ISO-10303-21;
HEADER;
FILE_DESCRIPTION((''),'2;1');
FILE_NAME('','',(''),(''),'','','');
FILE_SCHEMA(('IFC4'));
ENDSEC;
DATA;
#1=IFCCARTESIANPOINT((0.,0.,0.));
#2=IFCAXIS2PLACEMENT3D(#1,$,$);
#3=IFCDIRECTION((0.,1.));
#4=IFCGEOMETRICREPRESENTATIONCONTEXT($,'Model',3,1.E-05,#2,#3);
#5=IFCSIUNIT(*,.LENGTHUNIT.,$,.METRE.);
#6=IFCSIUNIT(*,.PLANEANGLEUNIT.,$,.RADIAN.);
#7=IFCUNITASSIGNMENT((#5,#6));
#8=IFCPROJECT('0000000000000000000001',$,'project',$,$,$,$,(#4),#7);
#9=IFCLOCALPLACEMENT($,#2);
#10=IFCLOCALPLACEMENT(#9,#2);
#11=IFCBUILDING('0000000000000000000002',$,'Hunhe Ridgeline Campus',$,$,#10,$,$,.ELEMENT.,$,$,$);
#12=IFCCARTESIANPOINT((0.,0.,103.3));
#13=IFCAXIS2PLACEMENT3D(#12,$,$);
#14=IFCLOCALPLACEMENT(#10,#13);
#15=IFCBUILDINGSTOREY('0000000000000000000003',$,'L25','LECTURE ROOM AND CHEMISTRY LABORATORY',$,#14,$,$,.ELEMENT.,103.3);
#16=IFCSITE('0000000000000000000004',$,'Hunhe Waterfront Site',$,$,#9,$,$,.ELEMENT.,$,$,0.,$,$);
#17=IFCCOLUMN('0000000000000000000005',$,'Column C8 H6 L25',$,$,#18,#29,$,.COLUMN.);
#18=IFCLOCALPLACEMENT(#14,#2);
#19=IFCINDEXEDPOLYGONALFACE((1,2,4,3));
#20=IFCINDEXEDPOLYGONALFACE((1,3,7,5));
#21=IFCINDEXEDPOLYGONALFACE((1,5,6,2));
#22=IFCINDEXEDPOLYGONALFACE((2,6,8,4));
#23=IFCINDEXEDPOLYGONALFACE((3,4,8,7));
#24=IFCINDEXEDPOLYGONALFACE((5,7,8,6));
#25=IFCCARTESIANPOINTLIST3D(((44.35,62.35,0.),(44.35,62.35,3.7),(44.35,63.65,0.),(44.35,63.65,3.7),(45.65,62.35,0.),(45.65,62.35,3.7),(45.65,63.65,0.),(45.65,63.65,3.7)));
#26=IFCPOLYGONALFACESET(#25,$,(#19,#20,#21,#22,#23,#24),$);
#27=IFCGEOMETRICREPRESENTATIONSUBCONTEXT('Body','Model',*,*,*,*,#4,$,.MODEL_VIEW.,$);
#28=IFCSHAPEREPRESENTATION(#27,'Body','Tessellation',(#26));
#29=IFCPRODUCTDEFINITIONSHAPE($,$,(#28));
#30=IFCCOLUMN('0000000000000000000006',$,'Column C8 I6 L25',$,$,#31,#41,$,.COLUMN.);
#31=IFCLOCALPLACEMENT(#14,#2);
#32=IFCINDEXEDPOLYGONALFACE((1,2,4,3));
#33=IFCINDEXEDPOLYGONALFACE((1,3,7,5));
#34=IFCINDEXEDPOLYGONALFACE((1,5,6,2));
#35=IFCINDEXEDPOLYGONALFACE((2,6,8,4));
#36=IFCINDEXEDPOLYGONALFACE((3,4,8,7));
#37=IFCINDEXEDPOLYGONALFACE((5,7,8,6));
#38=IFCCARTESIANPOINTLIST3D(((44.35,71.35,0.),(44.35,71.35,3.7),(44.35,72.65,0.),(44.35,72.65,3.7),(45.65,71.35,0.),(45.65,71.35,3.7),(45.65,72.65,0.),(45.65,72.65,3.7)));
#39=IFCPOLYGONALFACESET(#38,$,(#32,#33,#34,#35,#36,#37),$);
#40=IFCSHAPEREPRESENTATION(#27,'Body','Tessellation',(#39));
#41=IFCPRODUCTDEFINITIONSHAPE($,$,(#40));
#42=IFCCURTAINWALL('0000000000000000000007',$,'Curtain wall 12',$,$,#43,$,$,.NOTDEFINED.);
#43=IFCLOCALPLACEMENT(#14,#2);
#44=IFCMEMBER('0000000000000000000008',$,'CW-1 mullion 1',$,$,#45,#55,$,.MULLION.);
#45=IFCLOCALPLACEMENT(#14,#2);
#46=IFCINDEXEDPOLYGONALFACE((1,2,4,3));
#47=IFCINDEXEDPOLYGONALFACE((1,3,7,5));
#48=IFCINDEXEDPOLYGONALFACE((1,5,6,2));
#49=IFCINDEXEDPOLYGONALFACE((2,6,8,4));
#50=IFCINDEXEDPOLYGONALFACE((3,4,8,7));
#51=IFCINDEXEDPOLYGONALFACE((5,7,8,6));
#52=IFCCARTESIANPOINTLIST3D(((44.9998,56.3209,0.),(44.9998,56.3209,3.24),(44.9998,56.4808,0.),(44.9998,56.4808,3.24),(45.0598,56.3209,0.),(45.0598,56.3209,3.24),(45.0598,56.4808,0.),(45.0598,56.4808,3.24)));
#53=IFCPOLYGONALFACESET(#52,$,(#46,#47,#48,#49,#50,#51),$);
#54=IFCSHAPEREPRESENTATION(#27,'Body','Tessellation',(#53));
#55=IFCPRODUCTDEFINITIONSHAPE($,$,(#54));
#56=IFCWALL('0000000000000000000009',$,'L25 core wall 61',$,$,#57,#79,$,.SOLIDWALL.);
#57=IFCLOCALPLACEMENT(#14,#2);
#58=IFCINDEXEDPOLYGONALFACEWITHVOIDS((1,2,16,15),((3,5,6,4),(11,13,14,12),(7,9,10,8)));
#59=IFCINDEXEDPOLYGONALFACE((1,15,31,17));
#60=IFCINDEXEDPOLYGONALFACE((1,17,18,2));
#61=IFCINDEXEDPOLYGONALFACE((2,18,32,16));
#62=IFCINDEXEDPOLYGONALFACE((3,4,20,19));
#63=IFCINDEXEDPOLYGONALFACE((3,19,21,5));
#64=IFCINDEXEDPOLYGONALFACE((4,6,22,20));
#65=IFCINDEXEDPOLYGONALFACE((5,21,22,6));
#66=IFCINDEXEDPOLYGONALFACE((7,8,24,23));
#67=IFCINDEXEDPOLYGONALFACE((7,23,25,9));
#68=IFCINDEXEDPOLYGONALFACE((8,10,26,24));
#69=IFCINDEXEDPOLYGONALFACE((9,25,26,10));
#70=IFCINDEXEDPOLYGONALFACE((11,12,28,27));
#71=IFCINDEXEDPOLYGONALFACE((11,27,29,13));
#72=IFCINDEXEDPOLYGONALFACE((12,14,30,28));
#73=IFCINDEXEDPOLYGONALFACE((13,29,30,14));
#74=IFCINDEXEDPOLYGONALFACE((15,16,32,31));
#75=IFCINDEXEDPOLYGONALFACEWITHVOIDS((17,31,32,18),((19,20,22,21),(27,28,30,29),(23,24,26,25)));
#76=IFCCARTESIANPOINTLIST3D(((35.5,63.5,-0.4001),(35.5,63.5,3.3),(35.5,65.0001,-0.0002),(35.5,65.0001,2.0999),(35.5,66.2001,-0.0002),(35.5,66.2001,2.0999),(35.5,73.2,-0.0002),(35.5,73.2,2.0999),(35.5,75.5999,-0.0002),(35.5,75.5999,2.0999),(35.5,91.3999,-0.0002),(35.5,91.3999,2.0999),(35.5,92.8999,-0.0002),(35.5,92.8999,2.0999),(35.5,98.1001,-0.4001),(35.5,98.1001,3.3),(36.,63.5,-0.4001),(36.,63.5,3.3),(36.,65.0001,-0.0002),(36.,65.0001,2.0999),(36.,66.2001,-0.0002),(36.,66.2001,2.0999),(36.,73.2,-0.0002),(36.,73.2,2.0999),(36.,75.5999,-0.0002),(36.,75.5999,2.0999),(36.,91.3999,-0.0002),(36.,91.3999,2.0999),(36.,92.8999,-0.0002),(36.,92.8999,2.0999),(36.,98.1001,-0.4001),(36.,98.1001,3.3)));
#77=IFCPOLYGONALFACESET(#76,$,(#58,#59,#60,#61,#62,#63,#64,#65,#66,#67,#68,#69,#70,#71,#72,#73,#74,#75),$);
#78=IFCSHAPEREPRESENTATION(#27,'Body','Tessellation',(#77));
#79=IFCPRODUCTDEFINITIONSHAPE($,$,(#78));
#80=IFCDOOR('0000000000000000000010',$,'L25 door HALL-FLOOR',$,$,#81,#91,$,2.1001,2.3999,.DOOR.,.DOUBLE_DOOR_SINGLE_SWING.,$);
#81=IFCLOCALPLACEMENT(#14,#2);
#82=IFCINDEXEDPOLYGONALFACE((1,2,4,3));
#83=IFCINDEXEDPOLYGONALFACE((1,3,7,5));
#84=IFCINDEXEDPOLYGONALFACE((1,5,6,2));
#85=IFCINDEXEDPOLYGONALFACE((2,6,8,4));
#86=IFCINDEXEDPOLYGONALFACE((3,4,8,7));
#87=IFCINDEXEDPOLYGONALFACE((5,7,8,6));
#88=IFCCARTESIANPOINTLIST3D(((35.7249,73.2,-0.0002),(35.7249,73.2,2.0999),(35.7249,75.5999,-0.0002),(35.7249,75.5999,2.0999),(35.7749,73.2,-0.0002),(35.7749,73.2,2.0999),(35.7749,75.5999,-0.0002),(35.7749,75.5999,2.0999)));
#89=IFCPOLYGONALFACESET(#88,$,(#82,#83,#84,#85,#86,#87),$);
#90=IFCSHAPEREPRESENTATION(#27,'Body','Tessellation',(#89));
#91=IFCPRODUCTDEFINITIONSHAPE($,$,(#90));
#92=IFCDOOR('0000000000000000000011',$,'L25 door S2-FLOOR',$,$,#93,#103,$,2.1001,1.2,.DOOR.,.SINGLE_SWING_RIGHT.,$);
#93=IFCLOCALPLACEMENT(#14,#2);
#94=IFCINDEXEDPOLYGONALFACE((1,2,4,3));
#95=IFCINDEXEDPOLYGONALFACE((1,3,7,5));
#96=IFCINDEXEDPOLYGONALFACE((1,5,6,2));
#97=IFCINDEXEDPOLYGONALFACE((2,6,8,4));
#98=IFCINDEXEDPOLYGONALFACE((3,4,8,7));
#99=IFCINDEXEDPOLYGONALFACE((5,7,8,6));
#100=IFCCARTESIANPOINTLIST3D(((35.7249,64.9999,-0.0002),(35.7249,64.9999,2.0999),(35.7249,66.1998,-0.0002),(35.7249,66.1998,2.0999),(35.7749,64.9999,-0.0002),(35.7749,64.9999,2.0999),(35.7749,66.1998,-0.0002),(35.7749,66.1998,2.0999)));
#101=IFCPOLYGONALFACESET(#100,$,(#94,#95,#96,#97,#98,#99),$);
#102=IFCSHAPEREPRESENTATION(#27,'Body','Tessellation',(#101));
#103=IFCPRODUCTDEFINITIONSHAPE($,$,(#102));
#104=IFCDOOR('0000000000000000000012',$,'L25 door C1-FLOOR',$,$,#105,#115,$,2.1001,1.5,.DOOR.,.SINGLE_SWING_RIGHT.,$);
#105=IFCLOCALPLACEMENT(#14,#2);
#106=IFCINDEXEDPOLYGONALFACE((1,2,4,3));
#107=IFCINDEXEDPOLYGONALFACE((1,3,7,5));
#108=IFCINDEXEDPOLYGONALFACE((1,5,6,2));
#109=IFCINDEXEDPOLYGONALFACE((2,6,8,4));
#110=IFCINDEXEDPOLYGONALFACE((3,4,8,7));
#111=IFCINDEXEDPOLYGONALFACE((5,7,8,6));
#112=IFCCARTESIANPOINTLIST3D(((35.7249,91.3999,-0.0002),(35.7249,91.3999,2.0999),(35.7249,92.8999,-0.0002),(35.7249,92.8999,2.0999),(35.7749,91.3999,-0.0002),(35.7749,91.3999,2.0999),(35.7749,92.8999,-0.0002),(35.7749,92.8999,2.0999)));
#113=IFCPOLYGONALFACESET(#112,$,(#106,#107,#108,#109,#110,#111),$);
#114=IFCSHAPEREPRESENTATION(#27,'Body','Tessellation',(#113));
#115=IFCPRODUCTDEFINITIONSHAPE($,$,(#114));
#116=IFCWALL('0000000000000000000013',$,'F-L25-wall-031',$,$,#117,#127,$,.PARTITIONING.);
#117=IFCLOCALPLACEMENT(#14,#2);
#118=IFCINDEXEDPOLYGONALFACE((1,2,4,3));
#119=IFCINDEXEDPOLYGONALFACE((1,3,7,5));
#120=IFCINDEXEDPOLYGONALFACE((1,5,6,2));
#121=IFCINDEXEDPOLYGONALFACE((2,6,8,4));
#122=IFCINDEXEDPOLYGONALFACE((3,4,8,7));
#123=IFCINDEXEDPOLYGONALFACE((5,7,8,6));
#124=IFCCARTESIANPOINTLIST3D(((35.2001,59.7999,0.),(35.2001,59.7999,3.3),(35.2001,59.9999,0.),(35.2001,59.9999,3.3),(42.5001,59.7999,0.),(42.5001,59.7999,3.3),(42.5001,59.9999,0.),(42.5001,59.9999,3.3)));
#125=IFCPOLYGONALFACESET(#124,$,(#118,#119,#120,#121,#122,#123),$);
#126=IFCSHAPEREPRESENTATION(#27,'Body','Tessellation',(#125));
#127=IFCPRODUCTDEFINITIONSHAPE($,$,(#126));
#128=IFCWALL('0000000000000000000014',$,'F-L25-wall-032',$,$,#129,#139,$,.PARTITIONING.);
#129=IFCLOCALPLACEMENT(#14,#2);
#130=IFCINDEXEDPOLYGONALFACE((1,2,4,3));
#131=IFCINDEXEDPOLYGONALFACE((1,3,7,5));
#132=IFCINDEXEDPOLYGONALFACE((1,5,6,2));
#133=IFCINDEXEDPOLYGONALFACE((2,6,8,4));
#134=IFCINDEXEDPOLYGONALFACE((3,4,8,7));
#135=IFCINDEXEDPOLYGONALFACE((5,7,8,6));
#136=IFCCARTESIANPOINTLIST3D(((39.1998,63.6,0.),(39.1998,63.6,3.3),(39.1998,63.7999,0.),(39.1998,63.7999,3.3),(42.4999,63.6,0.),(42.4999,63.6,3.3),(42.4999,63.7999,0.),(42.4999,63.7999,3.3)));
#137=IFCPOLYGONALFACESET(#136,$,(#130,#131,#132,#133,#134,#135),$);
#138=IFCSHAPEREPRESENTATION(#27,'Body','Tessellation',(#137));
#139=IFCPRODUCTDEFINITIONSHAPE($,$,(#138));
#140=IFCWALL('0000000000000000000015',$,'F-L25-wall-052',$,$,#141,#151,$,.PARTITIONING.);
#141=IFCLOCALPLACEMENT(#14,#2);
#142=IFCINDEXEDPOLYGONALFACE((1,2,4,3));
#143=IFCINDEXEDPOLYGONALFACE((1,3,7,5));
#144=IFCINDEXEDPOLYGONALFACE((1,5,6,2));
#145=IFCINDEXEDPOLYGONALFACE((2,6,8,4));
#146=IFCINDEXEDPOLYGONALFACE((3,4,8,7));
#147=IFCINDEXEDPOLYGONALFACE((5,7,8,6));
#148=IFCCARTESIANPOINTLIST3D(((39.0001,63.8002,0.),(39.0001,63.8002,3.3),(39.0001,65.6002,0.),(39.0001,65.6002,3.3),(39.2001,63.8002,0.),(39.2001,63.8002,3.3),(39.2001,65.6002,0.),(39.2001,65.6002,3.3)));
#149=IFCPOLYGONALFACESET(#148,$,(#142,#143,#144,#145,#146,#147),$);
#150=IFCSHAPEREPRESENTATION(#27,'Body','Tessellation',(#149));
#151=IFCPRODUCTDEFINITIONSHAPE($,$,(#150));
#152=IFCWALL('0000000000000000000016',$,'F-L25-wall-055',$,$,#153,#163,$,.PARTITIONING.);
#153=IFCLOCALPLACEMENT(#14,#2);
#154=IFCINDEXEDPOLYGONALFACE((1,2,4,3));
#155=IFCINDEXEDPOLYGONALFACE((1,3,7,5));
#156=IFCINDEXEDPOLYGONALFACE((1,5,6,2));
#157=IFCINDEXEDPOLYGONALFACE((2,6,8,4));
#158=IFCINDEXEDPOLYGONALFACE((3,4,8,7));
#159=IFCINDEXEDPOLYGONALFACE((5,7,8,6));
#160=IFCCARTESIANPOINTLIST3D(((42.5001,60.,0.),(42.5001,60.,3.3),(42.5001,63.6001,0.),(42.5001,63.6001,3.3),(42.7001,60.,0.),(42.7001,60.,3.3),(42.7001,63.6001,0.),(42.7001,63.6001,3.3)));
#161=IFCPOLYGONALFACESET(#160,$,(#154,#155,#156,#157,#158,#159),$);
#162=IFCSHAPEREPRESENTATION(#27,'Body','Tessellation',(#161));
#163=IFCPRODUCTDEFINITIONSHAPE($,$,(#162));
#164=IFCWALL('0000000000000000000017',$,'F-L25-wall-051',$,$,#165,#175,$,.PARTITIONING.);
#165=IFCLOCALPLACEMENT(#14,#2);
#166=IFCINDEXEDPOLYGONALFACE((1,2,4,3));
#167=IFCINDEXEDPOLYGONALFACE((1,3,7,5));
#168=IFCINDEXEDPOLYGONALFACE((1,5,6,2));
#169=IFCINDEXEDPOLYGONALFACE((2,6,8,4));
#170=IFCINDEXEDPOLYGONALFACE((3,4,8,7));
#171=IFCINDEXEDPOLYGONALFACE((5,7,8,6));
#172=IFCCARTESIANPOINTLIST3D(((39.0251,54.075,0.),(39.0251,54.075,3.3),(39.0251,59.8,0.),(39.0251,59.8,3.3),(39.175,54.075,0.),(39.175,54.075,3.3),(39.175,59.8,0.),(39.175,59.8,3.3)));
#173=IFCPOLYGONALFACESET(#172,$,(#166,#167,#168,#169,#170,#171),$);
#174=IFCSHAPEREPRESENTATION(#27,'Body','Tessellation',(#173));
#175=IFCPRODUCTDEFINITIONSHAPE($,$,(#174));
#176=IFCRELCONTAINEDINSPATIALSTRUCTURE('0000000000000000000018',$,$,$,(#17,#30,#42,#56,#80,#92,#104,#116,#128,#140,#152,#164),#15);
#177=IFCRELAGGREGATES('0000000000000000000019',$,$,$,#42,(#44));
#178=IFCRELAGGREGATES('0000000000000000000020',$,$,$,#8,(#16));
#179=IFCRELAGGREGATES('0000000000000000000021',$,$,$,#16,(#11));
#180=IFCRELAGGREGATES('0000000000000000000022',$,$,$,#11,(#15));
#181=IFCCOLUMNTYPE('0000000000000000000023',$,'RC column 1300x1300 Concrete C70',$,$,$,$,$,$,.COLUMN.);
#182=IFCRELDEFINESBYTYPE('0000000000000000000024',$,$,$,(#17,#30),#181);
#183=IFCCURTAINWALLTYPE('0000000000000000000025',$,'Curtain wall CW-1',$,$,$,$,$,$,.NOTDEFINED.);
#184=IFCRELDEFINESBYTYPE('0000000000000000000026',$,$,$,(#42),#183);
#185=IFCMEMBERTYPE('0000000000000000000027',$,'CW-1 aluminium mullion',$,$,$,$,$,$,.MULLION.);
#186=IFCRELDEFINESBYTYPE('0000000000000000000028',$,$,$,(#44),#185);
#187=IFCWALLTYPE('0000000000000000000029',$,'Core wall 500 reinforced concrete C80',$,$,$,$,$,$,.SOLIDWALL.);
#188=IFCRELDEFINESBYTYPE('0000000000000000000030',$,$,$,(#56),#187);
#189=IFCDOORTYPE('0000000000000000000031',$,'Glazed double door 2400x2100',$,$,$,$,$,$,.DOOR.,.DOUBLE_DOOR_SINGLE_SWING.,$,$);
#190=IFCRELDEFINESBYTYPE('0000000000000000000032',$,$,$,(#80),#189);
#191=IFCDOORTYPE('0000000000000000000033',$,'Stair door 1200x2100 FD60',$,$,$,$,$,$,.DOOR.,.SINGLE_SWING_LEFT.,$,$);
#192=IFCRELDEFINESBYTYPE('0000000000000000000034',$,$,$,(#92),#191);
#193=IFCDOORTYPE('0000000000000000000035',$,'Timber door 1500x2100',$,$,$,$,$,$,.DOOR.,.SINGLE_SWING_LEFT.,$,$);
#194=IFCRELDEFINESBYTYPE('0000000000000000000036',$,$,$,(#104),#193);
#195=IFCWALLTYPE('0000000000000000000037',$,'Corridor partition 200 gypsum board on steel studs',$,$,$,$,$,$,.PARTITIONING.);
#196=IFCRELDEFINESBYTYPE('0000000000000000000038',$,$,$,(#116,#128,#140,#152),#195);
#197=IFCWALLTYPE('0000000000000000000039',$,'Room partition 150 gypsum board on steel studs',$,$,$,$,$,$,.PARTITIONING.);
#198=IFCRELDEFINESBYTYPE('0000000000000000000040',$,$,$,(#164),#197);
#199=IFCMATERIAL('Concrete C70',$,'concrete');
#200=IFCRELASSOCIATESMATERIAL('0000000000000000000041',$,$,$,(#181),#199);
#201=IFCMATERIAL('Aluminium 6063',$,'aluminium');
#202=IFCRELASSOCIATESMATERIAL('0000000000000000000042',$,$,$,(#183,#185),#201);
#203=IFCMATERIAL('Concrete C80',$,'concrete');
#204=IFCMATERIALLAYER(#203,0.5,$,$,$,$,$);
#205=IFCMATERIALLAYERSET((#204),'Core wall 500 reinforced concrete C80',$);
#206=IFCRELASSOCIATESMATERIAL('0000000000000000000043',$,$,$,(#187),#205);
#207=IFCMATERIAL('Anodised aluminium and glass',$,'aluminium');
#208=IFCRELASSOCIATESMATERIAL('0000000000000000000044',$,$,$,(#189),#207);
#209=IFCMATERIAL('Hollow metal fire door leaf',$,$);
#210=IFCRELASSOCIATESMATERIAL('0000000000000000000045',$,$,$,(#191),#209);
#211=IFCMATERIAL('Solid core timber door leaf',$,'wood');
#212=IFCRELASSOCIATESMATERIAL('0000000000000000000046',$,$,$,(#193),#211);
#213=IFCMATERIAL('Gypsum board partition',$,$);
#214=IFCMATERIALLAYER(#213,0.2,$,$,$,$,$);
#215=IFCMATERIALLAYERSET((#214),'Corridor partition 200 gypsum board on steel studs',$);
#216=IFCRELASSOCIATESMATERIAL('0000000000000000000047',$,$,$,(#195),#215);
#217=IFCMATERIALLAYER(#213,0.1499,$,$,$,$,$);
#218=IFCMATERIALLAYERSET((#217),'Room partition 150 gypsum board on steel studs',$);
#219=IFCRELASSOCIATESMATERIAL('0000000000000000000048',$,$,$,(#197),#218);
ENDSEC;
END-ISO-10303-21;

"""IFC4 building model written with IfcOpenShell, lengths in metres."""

from ifc_helpers import new_model, si_unit, direction, frame, frame_2d, origin, origin_2d, place, context, subcontext, project, spatial, rectangle, extrude, material, layer, layer_set, material_profile, profile_set, type_object, element, fill, aggregate, save


model = new_model("IFC4")

# Units and contexts
model_context = context("Model", 3, precision=1e-05, world=origin(), true_north=direction((0.0, 1.0)))
body_context = subcontext(model_context, "Body", "Model", "MODEL_VIEW")
ifc_project = project(units=[si_unit("LENGTHUNIT", "METRE"), si_unit("PLANEANGLEUNIT", "RADIAN")], contexts=[model_context])

# Site, building, storey
site_placement = place(None, origin())
site = spatial("IfcSite", under=ifc_project, at=site_placement, Name="Hunhe Waterfront Site", CompositionType="ELEMENT", RefElevation=0.0)
building_placement = place(site_placement, origin())
building = spatial("IfcBuilding", under=site, at=building_placement, Name="Hunhe Ridgeline Campus", CompositionType="ELEMENT")
storey_placement = place(building_placement, frame((0.0, 0.0, 103.3)))
storey = spatial("IfcBuildingStorey", under=building, at=storey_placement, Name="L25", Description="LECTURE ROOM AND CHEMISTRY LABORATORY", CompositionType="ELEMENT", Elevation=103.3)

# Columns
ifc_material_1 = material(Name="Concrete C70", Category="concrete")
ifc_material_profile_1 = material_profile(ifc_material_1, rectangle(XDim=1.3, YDim=1.3, at=origin_2d()))
ifc_profile_set_1 = profile_set([ifc_material_profile_1], Name="Concrete C70")
column_type = type_object("IfcColumnType", Name="RC column 1300x1300 Concrete C70", PredefinedType="COLUMN", material=ifc_profile_set_1)
for number, where, z_axis, x_axis, name in (
    (1, (45.0, 63.0, 0.0), (0.0, 0.0, 1.0), (1.0, 0.0, 0.0), "Column C8 H6 L25"),
    (2, (45.0, 72.0, 0.0), (0.0, 0.0, 1.0), (1.0, 0.0, 0.0), "Column C8 I6 L25"),
):
    element("IfcColumn", number, at=place(storey_placement, frame(where, z_axis=z_axis, x_axis=x_axis)), inside=storey, type_object=column_type, Name=name, PredefinedType="COLUMN", context=body_context, shape_type="SweptSolid", body=[
        extrude(rectangle(XDim=1.3, YDim=1.3, at=origin_2d()), origin(), (0.0, 0.0, 1.0), 3.7),
    ])

# Curtain wall, member
ifc_material_2 = material(Name="Aluminium 6063", Category="aluminium")
curtain_wall_type = type_object("IfcCurtainWallType", Name="Curtain wall CW-1", PredefinedType="NOTDEFINED", material=ifc_material_2)
curtain_wall_placement = place(storey_placement, origin())
curtain_wall = element("IfcCurtainWall", 3, at=curtain_wall_placement, inside=storey, type_object=curtain_wall_type, Name="Curtain wall 12", PredefinedType="NOTDEFINED")
ifc_material_profile_2 = material_profile(ifc_material_2, rectangle(XDim=0.1599, YDim=0.0601, at=origin_2d()))
ifc_profile_set_2 = profile_set([ifc_material_profile_2], Name="Aluminium 6063")
member_type = type_object("IfcMemberType", Name="CW-1 aluminium mullion", PredefinedType="MULLION", material=ifc_profile_set_2)
member_placement = place(storey_placement, frame((45.0298, 56.4009, 0.0), z_axis=(0.0, 0.0, 1.0), x_axis=(0.0, 1.0, 0.0)))
member = element("IfcMember", 4, at=member_placement, type_object=member_type, Name="CW-1 mullion 1", PredefinedType="MULLION", context=body_context, shape_type="SweptSolid", body=[
    extrude(rectangle(XDim=0.1599, YDim=0.0601, at=origin_2d()), origin(), (0.0, 0.0, 1.0), 3.24),
])
aggregate(curtain_wall, [member])

# Wall, openings, doors
ifc_material_3 = material(Name="Concrete C80", Category="concrete")
ifc_layer_1 = layer(ifc_material_3, 0.5)
ifc_layer_set_1 = layer_set([ifc_layer_1], Name="Core wall 500 reinforced concrete C80")
wall_type_1 = type_object("IfcWallType", Name="Core wall 500 reinforced concrete C80", PredefinedType="SOLIDWALL", material=ifc_layer_set_1)
wall_1_placement = place(storey_placement, frame((35.75, 63.5, -0.4001), z_axis=(0.0, 0.0, 1.0), x_axis=(0.0, 1.0, 0.0)))
wall_1 = element("IfcWall", 5, at=wall_1_placement, inside=storey, type_object=wall_type_1, Name="L25 core wall 61", PredefinedType="SOLIDWALL", context=body_context, shape_type="SweptSolid", body=[
    extrude(rectangle(XDim=34.6001, YDim=0.5, at=frame_2d((17.3, 0.0))), origin(), (0.0, 0.0, 1.0), 3.7002),
])
opening_1_placement = place(wall_1_placement, frame((9.7, 0.0, 0.3999)))
opening_1 = element("IfcOpeningElement", 6, at=opening_1_placement, cuts=wall_1, PredefinedType="OPENING", context=body_context, shape_type="SweptSolid", body=[
    extrude(rectangle(XDim=2.3999, YDim=2.1001, at=frame_2d((1.2, 1.05))), frame((0.0, 0.25, 0.0), z_axis=(0.0, -1.0, 0.0), x_axis=(1.0, 0.0, 0.0)), (0.0, 0.0, 1.0), 0.5),
])
opening_2_placement = place(wall_1_placement, frame((27.8999, 0.0, 0.3999)))
opening_2 = element("IfcOpeningElement", 7, at=opening_2_placement, cuts=wall_1, PredefinedType="OPENING", context=body_context, shape_type="SweptSolid", body=[
    extrude(rectangle(XDim=1.5, YDim=2.1001, at=frame_2d((0.75, 1.05))), frame((0.0, 0.25, 0.0), z_axis=(0.0, -1.0, 0.0), x_axis=(1.0, 0.0, 0.0)), (0.0, 0.0, 1.0), 0.5),
])
opening_3_placement = place(wall_1_placement, frame((1.5, 0.0, 0.3999)))
opening_3 = element("IfcOpeningElement", 8, at=opening_3_placement, cuts=wall_1, PredefinedType="OPENING", context=body_context, shape_type="SweptSolid", body=[
    extrude(rectangle(XDim=1.2, YDim=2.1001, at=frame_2d((0.6001, 1.05))), frame((0.0, 0.25, 0.0), z_axis=(0.0, -1.0, 0.0), x_axis=(1.0, 0.0, 0.0)), (0.0, 0.0, 1.0), 0.5),
])
ifc_material_4 = material(Name="Anodised aluminium and glass", Category="aluminium")
door_type_1 = type_object("IfcDoorType", Name="Glazed double door 2400x2100", OperationType="DOUBLE_DOOR_SINGLE_SWING", PredefinedType="DOOR", material=ifc_material_4)
door_1_placement = place(opening_1_placement, frame((2.3999, 0.0, 0.0), z_axis=(0.0, 0.0, 1.0), x_axis=(-1.0, 0.0, 0.0)))
door_1 = element("IfcDoor", 9, at=door_1_placement, inside=storey, type_object=door_type_1, Name="L25 door HALL-FLOOR", OperationType="DOUBLE_DOOR_SINGLE_SWING", OverallHeight=2.1001, OverallWidth=2.3999, PredefinedType="DOOR", context=body_context, shape_type="SweptSolid", body=[
    extrude(rectangle(XDim=2.3999, YDim=2.1001, at=frame_2d((1.2, 1.05))), frame((0.0, 0.0249, 0.0), z_axis=(0.0, -1.0, 0.0), x_axis=(1.0, 0.0, 0.0)), (0.0, 0.0, 1.0), 0.05),
])
fill(opening_1, door_1)
ifc_material_5 = material(Name="Hollow metal fire door leaf")
door_type_2 = type_object("IfcDoorType", Name="Stair door 1200x2100 FD60", OperationType="SINGLE_SWING_LEFT", PredefinedType="DOOR", material=ifc_material_5)
door_2_placement = place(opening_3_placement, frame((1.2, 0.0, 0.0), z_axis=(0.0, 0.0, 1.0), x_axis=(-1.0, 0.0, 0.0)))
door_2 = element("IfcDoor", 10, at=door_2_placement, inside=storey, type_object=door_type_2, Name="L25 door S2-FLOOR", OperationType="SINGLE_SWING_RIGHT", OverallHeight=2.1001, OverallWidth=1.2, PredefinedType="DOOR", context=body_context, shape_type="SweptSolid", body=[
    extrude(rectangle(XDim=1.2, YDim=2.1001, at=frame_2d((0.6001, 1.05))), frame((0.0, 0.0249, 0.0), z_axis=(0.0, -1.0, 0.0), x_axis=(1.0, 0.0, 0.0)), (0.0, 0.0, 1.0), 0.05),
])
fill(opening_3, door_2)
ifc_material_6 = material(Name="Solid core timber door leaf", Category="wood")
door_type_3 = type_object("IfcDoorType", Name="Timber door 1500x2100", OperationType="SINGLE_SWING_LEFT", PredefinedType="DOOR", material=ifc_material_6)
door_3_placement = place(opening_2_placement, frame((1.5, 0.0, 0.0), z_axis=(0.0, 0.0, 1.0), x_axis=(-1.0, 0.0, 0.0)))
door_3 = element("IfcDoor", 11, at=door_3_placement, inside=storey, type_object=door_type_3, Name="L25 door C1-FLOOR", OperationType="SINGLE_SWING_RIGHT", OverallHeight=2.1001, OverallWidth=1.5, PredefinedType="DOOR", context=body_context, shape_type="SweptSolid", body=[
    extrude(rectangle(XDim=1.5, YDim=2.1001, at=frame_2d((0.75, 1.05))), frame((0.0, 0.0249, 0.0), z_axis=(0.0, -1.0, 0.0), x_axis=(1.0, 0.0, 0.0)), (0.0, 0.0, 1.0), 0.05),
])
fill(opening_2, door_3)

# Walls
ifc_material_7 = material(Name="Gypsum board partition")
ifc_layer_2 = layer(ifc_material_7, 0.2)
ifc_layer_set_2 = layer_set([ifc_layer_2], Name="Corridor partition 200 gypsum board on steel studs")
wall_type_2 = type_object("IfcWallType", Name="Corridor partition 200 gypsum board on steel studs", PredefinedType="PARTITIONING", material=ifc_layer_set_2)
wall_2_placement = place(storey_placement, frame((42.5, 59.8999, 0.0), z_axis=(0.0, 0.0, 1.0), x_axis=(-1.0, 0.0, 0.0)))
element("IfcWall", 12, at=wall_2_placement, inside=storey, type_object=wall_type_2, Name="F-L25-wall-031", PredefinedType="PARTITIONING", context=body_context, shape_type="SweptSolid", body=[
    extrude(rectangle(XDim=7.3, YDim=0.2, at=frame_2d((3.6499, 0.0))), origin(), (0.0, 0.0, 1.0), 3.3),
])
wall_3_placement = place(storey_placement, frame((39.2, 63.7, 0.0), z_axis=(0.0, 0.0, 1.0), x_axis=(1.0, 0.0, 0.0)))
element("IfcWall", 13, at=wall_3_placement, inside=storey, type_object=wall_type_2, Name="F-L25-wall-032", PredefinedType="PARTITIONING", context=body_context, shape_type="SweptSolid", body=[
    extrude(rectangle(XDim=3.3, YDim=0.2, at=frame_2d((1.6499, 0.0))), origin(), (0.0, 0.0, 1.0), 3.3),
])

# Wall
wall_4_placement = place(storey_placement, frame((39.1001, 65.6001, 0.0), z_axis=(0.0, 0.0, 1.0), x_axis=(0.0, -1.0, 0.0)))
element("IfcWall", 14, at=wall_4_placement, inside=storey, type_object=wall_type_2, Name="F-L25-wall-052", PredefinedType="PARTITIONING", context=body_context, shape_type="SweptSolid", body=[
    extrude(rectangle(XDim=1.8, YDim=0.2, at=frame_2d((0.8999, 0.0))), origin(), (0.0, 0.0, 1.0), 3.3),
])

# Walls
wall_5_placement = place(storey_placement, frame((42.6001, 63.6001, 0.0), z_axis=(0.0, 0.0, 1.0), x_axis=(0.0, -1.0, 0.0)))
element("IfcWall", 15, at=wall_5_placement, inside=storey, type_object=wall_type_2, Name="F-L25-wall-055", PredefinedType="PARTITIONING", context=body_context, shape_type="SweptSolid", body=[
    extrude(rectangle(XDim=3.6001, YDim=0.2, at=frame_2d((1.8, 0.0))), origin(), (0.0, 0.0, 1.0), 3.3),
])
ifc_layer_3 = layer(ifc_material_7, 0.1499)
ifc_layer_set_3 = layer_set([ifc_layer_3], Name="Room partition 150 gypsum board on steel studs")
wall_type_3 = type_object("IfcWallType", Name="Room partition 150 gypsum board on steel studs", PredefinedType="PARTITIONING", material=ifc_layer_set_3)
wall_6_placement = place(storey_placement, frame((39.1001, 59.8, 0.0), z_axis=(0.0, 0.0, 1.0), x_axis=(0.0, -1.0, 0.0)))
element("IfcWall", 16, at=wall_6_placement, inside=storey, type_object=wall_type_3, Name="F-L25-wall-051", PredefinedType="PARTITIONING", context=body_context, shape_type="SweptSolid", body=[
    extrude(rectangle(XDim=5.7251, YDim=0.1499, at=frame_2d((2.8625, 0.0))), origin(), (0.0, 0.0, 1.0), 3.3),
])

save(model, "model.ifc")
